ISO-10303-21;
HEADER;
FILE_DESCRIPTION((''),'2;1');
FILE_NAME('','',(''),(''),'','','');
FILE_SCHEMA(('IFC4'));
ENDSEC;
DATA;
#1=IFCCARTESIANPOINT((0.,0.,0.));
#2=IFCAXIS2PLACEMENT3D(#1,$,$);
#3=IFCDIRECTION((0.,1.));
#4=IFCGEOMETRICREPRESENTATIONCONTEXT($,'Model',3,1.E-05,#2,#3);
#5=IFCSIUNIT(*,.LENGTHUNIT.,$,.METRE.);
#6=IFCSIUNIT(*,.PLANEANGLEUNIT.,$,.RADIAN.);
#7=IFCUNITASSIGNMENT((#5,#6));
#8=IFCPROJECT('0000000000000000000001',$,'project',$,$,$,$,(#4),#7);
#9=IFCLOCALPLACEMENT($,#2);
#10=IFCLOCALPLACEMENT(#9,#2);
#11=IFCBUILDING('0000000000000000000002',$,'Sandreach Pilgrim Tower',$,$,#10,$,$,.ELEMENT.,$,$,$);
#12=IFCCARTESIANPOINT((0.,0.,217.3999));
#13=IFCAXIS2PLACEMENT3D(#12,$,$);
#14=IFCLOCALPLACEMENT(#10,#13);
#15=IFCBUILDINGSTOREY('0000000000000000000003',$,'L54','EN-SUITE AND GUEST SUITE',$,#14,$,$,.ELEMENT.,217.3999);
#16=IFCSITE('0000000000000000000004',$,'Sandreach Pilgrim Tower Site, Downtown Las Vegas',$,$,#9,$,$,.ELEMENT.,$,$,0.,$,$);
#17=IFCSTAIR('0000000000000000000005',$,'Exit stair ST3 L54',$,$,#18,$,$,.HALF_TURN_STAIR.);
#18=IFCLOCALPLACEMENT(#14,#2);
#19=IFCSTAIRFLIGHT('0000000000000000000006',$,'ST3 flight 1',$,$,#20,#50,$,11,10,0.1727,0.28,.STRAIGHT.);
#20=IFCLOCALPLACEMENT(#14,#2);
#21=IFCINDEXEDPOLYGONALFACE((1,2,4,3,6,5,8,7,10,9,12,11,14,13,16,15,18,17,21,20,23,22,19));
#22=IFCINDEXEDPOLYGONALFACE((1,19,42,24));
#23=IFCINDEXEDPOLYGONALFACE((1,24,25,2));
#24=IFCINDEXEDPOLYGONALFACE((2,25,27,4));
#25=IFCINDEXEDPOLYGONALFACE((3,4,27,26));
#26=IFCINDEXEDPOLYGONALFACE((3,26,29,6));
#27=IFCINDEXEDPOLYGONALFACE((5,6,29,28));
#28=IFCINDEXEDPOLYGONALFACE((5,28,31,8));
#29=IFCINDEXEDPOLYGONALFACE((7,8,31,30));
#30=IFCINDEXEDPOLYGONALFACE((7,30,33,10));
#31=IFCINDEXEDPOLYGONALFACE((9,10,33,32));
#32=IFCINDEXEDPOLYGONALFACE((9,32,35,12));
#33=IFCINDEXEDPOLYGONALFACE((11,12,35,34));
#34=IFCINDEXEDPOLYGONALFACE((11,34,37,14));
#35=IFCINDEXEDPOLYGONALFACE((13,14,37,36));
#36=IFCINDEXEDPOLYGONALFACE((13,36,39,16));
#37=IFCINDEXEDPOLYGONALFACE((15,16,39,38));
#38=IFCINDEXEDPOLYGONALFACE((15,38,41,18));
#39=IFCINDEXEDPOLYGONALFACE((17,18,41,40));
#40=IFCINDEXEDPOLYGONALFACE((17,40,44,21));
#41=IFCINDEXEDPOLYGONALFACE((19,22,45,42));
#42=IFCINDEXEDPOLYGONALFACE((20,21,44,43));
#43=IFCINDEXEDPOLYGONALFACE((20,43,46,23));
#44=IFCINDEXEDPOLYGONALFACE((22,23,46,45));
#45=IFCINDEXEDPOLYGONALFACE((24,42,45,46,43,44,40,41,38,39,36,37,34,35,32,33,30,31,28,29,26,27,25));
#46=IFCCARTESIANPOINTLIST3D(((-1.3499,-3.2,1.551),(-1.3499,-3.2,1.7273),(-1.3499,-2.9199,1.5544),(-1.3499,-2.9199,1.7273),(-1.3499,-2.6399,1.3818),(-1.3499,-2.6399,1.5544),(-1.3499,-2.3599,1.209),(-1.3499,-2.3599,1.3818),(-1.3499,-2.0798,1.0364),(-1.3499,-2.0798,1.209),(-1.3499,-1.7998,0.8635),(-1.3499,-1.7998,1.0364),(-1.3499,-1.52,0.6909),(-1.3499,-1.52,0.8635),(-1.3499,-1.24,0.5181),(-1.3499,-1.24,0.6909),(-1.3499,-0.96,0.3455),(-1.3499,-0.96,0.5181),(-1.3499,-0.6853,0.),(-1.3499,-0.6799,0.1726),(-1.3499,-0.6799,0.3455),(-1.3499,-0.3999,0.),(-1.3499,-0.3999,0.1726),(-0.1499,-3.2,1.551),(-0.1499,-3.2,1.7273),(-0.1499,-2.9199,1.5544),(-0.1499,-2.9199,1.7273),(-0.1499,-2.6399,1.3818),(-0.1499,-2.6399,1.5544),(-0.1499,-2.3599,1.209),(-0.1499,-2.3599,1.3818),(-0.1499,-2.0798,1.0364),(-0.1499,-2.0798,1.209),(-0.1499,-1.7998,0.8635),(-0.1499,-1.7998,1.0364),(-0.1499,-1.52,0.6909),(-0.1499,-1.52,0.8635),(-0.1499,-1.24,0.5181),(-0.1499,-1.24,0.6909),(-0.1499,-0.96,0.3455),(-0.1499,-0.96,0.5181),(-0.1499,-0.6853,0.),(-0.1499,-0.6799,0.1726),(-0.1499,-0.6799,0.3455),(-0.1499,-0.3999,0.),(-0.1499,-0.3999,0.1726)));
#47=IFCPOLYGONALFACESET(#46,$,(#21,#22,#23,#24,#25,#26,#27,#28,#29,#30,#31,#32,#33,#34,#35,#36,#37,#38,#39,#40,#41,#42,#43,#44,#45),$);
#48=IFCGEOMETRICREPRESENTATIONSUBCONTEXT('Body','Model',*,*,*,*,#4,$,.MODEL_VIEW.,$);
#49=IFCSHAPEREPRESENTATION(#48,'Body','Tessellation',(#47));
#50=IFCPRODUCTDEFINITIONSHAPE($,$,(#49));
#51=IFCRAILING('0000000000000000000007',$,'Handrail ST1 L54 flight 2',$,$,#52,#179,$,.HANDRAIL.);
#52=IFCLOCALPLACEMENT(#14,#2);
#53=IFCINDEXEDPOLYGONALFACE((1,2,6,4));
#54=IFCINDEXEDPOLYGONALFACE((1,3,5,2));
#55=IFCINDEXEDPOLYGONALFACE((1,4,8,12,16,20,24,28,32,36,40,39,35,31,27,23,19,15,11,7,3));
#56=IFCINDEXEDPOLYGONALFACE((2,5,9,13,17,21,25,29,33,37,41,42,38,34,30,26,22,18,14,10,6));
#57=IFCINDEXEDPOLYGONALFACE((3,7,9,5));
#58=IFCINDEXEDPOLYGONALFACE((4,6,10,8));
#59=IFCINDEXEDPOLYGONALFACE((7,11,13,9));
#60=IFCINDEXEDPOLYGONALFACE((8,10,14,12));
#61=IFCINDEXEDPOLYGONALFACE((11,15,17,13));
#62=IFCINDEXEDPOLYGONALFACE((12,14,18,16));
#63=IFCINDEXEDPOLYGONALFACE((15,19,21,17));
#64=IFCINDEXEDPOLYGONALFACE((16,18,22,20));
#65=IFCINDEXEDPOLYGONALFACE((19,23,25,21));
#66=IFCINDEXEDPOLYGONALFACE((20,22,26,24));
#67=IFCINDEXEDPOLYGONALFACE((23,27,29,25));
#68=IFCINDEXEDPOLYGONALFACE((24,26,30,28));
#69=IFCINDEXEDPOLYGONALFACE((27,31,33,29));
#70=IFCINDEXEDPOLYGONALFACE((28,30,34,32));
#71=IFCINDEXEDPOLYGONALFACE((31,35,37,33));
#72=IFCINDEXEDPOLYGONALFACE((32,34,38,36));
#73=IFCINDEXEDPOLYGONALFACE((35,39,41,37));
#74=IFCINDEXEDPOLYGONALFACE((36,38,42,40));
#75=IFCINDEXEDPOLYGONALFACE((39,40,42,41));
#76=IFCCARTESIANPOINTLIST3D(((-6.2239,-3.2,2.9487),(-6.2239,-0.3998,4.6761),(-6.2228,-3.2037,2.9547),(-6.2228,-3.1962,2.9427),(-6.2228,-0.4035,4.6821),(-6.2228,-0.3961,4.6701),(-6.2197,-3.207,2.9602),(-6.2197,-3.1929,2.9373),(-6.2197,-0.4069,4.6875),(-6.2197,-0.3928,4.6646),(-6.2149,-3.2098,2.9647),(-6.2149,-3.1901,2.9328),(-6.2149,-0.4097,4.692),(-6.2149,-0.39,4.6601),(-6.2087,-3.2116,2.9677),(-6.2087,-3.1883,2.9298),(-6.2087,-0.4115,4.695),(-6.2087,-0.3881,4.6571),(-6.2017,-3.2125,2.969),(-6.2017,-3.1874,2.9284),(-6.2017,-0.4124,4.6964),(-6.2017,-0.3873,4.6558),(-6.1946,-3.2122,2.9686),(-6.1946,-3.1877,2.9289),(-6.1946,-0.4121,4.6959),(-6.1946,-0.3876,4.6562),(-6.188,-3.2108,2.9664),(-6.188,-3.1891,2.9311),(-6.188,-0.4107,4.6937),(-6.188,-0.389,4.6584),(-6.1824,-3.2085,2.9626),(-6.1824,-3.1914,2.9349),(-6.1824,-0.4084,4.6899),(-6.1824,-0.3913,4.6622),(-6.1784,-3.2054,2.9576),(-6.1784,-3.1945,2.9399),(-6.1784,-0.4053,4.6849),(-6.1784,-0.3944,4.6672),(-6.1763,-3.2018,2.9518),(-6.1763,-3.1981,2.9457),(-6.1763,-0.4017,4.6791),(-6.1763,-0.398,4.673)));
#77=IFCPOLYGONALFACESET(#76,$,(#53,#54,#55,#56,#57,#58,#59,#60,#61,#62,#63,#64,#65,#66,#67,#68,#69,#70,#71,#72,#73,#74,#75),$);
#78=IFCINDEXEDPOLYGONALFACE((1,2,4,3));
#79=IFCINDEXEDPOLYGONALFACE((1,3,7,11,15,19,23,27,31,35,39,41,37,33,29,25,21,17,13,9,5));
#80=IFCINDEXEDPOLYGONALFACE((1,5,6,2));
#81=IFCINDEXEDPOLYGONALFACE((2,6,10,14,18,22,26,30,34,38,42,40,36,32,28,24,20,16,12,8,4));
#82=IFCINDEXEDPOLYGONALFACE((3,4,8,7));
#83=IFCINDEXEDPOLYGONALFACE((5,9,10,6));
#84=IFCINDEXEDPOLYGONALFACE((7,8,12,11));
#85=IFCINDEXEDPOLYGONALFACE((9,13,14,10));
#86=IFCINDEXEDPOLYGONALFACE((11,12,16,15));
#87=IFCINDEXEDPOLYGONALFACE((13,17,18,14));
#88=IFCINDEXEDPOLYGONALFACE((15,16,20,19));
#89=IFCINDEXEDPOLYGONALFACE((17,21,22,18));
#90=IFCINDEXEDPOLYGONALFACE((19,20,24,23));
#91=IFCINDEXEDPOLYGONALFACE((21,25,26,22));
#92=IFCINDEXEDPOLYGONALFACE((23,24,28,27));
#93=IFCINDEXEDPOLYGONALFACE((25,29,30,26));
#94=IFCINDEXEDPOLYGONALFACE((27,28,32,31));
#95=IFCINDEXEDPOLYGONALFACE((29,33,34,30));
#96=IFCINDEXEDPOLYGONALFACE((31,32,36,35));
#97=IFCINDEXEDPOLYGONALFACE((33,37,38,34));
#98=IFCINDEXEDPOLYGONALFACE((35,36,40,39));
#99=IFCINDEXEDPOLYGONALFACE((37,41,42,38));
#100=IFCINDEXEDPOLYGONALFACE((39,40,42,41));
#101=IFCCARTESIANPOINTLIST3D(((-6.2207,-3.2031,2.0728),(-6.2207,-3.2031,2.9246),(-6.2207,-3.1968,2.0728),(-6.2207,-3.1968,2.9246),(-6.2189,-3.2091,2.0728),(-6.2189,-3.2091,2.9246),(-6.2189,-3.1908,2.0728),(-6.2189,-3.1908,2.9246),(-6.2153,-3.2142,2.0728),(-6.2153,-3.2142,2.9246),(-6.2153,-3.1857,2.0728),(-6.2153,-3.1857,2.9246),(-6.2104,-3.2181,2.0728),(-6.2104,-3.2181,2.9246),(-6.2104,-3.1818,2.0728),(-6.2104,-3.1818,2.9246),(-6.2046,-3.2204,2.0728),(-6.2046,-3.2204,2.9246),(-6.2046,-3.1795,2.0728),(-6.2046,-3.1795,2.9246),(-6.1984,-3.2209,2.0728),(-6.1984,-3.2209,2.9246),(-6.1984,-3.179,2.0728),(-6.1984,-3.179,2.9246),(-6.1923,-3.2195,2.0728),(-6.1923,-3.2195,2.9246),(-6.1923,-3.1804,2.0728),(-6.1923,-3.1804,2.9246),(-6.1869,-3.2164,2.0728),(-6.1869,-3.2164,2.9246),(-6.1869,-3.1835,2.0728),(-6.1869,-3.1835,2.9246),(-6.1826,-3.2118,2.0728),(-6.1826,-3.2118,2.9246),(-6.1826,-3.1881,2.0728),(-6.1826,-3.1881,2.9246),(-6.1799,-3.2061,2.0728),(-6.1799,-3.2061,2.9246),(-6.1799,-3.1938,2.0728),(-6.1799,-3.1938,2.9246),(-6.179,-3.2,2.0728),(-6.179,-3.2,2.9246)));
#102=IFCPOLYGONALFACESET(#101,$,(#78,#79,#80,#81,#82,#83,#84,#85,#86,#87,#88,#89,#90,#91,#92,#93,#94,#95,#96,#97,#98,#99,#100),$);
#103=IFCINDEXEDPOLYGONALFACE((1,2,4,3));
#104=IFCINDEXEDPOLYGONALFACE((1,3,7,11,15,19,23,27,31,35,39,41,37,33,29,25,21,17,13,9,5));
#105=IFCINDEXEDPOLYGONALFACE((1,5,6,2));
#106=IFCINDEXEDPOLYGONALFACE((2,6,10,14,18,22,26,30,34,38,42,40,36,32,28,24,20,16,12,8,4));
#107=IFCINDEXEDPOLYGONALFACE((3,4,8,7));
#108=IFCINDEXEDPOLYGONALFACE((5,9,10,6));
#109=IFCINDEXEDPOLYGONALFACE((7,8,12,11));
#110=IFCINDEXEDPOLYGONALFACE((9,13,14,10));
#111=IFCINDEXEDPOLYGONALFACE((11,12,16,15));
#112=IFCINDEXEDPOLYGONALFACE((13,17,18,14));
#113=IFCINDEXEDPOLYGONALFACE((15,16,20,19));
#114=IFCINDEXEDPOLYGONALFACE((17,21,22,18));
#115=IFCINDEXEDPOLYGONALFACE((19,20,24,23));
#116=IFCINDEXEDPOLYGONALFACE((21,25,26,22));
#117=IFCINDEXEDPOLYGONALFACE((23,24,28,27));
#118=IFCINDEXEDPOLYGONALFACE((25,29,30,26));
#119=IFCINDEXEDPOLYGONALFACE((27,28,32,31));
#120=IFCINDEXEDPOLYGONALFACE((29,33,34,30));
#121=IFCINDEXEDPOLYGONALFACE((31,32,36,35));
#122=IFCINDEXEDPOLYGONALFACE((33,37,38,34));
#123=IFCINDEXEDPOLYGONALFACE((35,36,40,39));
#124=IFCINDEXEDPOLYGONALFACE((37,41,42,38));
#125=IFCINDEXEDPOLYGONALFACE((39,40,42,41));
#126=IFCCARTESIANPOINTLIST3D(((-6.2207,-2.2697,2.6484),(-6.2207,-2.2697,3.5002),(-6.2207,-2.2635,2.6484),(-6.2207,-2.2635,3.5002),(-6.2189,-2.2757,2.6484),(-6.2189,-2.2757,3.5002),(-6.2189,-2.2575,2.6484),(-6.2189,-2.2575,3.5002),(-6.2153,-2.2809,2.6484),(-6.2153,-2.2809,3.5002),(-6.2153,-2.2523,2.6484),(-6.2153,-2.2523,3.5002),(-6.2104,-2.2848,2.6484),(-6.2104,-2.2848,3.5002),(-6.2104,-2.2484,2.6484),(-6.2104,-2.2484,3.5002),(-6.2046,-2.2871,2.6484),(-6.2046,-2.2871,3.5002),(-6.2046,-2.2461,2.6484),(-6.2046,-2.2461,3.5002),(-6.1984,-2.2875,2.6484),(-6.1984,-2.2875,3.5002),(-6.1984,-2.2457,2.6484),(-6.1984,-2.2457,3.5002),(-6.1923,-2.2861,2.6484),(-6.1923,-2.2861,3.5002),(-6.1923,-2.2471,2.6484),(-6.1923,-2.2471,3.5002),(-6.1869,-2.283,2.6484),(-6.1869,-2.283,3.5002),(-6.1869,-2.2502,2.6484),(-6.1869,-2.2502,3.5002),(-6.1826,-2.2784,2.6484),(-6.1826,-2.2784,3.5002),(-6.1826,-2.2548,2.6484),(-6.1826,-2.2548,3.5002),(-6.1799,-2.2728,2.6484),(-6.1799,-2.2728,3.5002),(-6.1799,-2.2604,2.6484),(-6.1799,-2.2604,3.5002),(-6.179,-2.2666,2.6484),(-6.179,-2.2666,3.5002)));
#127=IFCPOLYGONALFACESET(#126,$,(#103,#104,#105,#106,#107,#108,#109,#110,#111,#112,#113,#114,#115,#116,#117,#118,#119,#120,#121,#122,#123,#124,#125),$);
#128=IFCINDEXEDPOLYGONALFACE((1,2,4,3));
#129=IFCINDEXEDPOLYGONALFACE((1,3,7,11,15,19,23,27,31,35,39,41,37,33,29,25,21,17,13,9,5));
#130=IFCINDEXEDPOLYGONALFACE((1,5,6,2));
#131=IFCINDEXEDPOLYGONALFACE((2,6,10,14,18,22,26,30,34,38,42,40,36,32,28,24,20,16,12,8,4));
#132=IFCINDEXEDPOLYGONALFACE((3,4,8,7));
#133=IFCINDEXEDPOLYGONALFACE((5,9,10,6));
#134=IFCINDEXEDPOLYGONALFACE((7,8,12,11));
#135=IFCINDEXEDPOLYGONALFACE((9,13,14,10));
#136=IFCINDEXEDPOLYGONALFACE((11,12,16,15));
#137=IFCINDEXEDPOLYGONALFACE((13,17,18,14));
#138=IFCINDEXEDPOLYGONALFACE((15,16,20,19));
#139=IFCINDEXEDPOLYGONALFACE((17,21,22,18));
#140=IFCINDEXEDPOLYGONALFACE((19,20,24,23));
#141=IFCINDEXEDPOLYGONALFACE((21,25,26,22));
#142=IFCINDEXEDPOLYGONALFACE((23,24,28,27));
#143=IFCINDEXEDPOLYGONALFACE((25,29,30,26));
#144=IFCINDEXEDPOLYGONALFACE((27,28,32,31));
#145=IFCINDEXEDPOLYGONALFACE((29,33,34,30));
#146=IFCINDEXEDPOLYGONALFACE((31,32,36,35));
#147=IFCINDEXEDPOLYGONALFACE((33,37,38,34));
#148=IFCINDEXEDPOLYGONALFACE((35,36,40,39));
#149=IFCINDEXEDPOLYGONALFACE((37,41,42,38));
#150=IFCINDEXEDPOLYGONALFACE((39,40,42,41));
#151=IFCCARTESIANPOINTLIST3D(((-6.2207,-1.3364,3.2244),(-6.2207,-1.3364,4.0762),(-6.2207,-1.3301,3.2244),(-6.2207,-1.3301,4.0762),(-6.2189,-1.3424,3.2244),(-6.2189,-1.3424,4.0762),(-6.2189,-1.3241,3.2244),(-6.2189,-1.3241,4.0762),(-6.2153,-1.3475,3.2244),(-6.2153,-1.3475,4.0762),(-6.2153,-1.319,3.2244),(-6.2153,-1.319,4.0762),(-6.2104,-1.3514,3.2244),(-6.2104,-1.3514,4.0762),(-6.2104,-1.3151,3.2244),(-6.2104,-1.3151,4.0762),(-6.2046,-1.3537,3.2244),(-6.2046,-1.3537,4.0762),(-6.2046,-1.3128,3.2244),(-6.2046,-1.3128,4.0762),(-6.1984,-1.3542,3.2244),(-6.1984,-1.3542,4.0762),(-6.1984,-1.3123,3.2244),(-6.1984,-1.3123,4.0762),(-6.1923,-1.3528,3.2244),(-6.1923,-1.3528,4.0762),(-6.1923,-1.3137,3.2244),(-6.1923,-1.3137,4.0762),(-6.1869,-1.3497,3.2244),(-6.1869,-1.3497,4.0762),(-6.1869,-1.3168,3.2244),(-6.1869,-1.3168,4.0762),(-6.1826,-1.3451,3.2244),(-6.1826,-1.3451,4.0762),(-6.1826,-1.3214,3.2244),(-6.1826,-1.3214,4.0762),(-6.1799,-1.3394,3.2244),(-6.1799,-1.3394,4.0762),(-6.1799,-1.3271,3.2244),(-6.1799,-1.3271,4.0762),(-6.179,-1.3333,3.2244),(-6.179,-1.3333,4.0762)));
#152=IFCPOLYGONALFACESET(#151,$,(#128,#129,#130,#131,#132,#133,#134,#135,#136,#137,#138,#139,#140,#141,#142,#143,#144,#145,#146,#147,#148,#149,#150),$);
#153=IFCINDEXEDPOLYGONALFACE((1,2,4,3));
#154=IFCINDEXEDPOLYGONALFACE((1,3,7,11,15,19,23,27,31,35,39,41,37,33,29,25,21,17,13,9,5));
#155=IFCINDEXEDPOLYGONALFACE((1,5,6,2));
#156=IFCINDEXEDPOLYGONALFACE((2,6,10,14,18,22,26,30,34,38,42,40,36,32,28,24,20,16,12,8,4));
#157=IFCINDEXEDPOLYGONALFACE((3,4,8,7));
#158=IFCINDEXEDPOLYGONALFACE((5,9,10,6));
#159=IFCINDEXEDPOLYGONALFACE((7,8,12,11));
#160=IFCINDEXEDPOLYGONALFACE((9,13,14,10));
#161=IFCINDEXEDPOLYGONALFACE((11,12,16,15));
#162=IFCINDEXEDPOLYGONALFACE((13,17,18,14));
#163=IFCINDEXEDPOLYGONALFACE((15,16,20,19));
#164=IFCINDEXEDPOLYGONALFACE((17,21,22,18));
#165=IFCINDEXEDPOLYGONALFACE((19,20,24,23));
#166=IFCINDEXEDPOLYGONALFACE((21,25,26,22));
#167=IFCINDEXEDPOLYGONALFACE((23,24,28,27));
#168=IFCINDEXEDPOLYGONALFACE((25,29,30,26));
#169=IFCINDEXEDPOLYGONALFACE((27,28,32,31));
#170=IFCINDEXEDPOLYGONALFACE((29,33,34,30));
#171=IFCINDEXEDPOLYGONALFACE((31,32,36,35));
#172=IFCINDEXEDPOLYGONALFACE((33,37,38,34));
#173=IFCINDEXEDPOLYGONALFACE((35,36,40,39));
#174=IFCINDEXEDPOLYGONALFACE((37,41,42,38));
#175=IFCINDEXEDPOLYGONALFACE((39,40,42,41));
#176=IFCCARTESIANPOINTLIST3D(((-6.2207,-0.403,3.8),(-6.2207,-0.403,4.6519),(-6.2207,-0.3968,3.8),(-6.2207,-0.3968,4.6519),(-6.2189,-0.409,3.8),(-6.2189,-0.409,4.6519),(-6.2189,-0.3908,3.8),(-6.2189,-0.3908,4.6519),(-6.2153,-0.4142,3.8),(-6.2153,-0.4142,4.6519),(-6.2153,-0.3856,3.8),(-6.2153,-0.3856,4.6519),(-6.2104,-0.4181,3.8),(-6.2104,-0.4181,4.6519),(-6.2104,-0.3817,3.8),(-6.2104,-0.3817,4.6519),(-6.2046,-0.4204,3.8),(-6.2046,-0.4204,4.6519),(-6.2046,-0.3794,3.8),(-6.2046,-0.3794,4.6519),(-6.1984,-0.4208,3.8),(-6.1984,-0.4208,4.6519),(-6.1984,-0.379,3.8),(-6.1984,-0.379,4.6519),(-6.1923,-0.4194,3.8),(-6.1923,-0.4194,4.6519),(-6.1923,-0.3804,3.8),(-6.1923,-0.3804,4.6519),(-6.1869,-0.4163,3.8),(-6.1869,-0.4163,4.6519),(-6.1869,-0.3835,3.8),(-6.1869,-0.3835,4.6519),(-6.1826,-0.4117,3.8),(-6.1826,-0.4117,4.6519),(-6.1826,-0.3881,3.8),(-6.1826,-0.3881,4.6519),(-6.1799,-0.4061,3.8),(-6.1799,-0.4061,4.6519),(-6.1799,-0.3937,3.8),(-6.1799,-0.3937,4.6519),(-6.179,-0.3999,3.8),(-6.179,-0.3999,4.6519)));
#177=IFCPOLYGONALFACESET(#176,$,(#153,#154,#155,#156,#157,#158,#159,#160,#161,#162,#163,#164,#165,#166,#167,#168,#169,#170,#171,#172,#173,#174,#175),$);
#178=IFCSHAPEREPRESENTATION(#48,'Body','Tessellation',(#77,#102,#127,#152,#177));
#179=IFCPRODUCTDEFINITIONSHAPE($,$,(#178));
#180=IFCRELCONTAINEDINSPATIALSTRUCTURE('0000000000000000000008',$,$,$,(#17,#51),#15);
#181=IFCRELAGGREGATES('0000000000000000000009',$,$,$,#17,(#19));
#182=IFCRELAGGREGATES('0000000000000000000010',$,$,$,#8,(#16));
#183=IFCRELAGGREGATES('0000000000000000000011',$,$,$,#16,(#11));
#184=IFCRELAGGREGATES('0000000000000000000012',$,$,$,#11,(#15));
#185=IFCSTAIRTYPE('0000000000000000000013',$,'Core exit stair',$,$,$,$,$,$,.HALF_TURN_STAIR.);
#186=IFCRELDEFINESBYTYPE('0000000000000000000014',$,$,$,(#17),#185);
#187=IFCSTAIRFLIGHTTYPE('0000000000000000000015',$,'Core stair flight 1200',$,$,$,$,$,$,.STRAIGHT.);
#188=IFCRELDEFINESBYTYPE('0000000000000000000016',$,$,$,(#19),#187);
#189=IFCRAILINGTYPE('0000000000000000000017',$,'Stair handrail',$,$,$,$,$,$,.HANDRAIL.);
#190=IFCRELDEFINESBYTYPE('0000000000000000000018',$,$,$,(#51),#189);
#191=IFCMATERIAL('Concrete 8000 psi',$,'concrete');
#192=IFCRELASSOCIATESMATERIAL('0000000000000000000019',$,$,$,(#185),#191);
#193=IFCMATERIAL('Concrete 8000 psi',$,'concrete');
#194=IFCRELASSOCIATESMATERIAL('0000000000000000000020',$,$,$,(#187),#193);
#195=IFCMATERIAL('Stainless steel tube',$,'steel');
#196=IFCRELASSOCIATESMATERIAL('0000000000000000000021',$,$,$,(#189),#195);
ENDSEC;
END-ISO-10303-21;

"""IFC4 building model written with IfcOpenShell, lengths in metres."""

from ifc_helpers import new_model, si_unit, direction, frame, origin, origin_2d, place, context, subcontext, project, spatial, polyline, circle, outline, extrude, material, type_object, element, aggregate, save


model = new_model("IFC4")

# Units and contexts
model_context = context("Model", 3, precision=1e-05, world=origin(), true_north=direction((0.0, 1.0)))
body_context = subcontext(model_context, "Body", "Model", "MODEL_VIEW")
ifc_project = project(units=[si_unit("LENGTHUNIT", "METRE"), si_unit("PLANEANGLEUNIT", "RADIAN")], contexts=[model_context])

# Site, building, storey
site_placement = place(None, origin())
site = spatial("IfcSite", under=ifc_project, at=site_placement, Name="Sandreach Pilgrim Tower Site, Downtown Las Vegas", CompositionType="ELEMENT", RefElevation=0.0)
building_placement = place(site_placement, origin())
building = spatial("IfcBuilding", under=site, at=building_placement, Name="Sandreach Pilgrim Tower", CompositionType="ELEMENT")
storey_placement = place(building_placement, frame((0.0, 0.0, 217.3999)))
storey = spatial("IfcBuildingStorey", under=building, at=storey_placement, Name="L54", Description="EN-SUITE AND GUEST SUITE", CompositionType="ELEMENT", Elevation=217.3999)

# Stair, stair flight
ifc_material_1 = material(Name="Concrete 8000 psi", Category="concrete")
stair_type = type_object("IfcStairType", Name="Core exit stair", PredefinedType="HALF_TURN_STAIR", material=ifc_material_1)
ifc_material_2 = material(Name="Concrete 8000 psi", Category="concrete")
stair_flight_type = type_object("IfcStairFlightType", Name="Core stair flight 1200", PredefinedType="STRAIGHT", material=ifc_material_2)
stair_1_placement = place(storey_placement, origin())
stair_1 = element("IfcStair", 1, at=stair_1_placement, inside=storey, type_object=stair_type, Name="Exit stair ST3 L54", PredefinedType="HALF_TURN_STAIR")
stair_flight_1_placement = place(storey_placement, frame((-0.75, -0.3999, 0.0), z_axis=(0.0, 0.0, 1.0), x_axis=(0.0, -1.0, 0.0)))
stair_flight_1 = element("IfcStairFlight", 2, at=stair_flight_1_placement, type_object=stair_flight_type, Name="ST3 flight 1", NumberOfRisers=11, NumberOfTreads=10, PredefinedType="STRAIGHT", RiserHeight=0.1727, TreadLength=0.28, context=body_context, shape_type="SweptSolid", body=[
    extrude(outline(polyline([(0.0, 0.0), (0.0, 0.1726), (0.28, 0.1726), (0.28, 0.3455), (0.5601, 0.3455), (0.5601, 0.5181), (0.8401, 0.5181), (0.8401, 0.6909), (1.1201, 0.6909), (1.1201, 0.8635), (1.3999, 0.8635), (1.3999, 1.0364), (1.6799, 1.0364), (1.6799, 1.209), (1.96, 1.209), (1.96, 1.3818), (2.24, 1.3818), (2.24, 1.5544), (2.52, 1.5544), (2.52, 1.7273), (2.8, 1.7273), (2.8, 1.8999), (2.8, 1.551), (0.2854, 0.0), (0.0, 0.0)])), frame((0.0, 0.6001, 0.0), z_axis=(0.0, -1.0, 0.0), x_axis=(1.0, 0.0, 0.0)), (0.0, 0.0, 1.0), 1.2),
])
aggregate(stair_1, [stair_flight_1])

# Railing
ifc_material_3 = material(Name="Stainless steel tube", Category="steel")
railing_type = type_object("IfcRailingType", Name="Stair handrail", PredefinedType="HANDRAIL", material=ifc_material_3)
for number, where, name in (
    (3, (-6.2, -3.2, 2.0728), "Handrail ST1 L54 flight 2"),
):
    element("IfcRailing", number, at=place(storey_placement, frame(where)), inside=storey, type_object=railing_type, Name=name, PredefinedType="HANDRAIL", context=body_context, shape_type="SweptSolid", body=[
        extrude(circle(Radius=0.0239, at=origin_2d()), frame((0.0, 0.0, 0.876), z_axis=(0.0, 0.85109, 0.52502), x_axis=(-1.0, 0.0, 0.0)), (0.0, 0.0, 1.0), 3.29),
        extrude(circle(Radius=0.021, at=origin_2d()), origin(), (0.0, 0.0, 1.0), 0.8518),
        extrude(circle(Radius=0.021, at=origin_2d()), frame((0.0, 0.9333, 0.5757)), (0.0, 0.0, 1.0), 0.8518),
        extrude(circle(Radius=0.021, at=origin_2d()), frame((0.0, 1.8667, 1.1516)), (0.0, 0.0, 1.0), 0.8518),
        extrude(circle(Radius=0.021, at=origin_2d()), frame((0.0, 2.8, 1.7273)), (0.0, 0.0, 1.0), 0.8518),
    ])

save(model, "model.ifc")
